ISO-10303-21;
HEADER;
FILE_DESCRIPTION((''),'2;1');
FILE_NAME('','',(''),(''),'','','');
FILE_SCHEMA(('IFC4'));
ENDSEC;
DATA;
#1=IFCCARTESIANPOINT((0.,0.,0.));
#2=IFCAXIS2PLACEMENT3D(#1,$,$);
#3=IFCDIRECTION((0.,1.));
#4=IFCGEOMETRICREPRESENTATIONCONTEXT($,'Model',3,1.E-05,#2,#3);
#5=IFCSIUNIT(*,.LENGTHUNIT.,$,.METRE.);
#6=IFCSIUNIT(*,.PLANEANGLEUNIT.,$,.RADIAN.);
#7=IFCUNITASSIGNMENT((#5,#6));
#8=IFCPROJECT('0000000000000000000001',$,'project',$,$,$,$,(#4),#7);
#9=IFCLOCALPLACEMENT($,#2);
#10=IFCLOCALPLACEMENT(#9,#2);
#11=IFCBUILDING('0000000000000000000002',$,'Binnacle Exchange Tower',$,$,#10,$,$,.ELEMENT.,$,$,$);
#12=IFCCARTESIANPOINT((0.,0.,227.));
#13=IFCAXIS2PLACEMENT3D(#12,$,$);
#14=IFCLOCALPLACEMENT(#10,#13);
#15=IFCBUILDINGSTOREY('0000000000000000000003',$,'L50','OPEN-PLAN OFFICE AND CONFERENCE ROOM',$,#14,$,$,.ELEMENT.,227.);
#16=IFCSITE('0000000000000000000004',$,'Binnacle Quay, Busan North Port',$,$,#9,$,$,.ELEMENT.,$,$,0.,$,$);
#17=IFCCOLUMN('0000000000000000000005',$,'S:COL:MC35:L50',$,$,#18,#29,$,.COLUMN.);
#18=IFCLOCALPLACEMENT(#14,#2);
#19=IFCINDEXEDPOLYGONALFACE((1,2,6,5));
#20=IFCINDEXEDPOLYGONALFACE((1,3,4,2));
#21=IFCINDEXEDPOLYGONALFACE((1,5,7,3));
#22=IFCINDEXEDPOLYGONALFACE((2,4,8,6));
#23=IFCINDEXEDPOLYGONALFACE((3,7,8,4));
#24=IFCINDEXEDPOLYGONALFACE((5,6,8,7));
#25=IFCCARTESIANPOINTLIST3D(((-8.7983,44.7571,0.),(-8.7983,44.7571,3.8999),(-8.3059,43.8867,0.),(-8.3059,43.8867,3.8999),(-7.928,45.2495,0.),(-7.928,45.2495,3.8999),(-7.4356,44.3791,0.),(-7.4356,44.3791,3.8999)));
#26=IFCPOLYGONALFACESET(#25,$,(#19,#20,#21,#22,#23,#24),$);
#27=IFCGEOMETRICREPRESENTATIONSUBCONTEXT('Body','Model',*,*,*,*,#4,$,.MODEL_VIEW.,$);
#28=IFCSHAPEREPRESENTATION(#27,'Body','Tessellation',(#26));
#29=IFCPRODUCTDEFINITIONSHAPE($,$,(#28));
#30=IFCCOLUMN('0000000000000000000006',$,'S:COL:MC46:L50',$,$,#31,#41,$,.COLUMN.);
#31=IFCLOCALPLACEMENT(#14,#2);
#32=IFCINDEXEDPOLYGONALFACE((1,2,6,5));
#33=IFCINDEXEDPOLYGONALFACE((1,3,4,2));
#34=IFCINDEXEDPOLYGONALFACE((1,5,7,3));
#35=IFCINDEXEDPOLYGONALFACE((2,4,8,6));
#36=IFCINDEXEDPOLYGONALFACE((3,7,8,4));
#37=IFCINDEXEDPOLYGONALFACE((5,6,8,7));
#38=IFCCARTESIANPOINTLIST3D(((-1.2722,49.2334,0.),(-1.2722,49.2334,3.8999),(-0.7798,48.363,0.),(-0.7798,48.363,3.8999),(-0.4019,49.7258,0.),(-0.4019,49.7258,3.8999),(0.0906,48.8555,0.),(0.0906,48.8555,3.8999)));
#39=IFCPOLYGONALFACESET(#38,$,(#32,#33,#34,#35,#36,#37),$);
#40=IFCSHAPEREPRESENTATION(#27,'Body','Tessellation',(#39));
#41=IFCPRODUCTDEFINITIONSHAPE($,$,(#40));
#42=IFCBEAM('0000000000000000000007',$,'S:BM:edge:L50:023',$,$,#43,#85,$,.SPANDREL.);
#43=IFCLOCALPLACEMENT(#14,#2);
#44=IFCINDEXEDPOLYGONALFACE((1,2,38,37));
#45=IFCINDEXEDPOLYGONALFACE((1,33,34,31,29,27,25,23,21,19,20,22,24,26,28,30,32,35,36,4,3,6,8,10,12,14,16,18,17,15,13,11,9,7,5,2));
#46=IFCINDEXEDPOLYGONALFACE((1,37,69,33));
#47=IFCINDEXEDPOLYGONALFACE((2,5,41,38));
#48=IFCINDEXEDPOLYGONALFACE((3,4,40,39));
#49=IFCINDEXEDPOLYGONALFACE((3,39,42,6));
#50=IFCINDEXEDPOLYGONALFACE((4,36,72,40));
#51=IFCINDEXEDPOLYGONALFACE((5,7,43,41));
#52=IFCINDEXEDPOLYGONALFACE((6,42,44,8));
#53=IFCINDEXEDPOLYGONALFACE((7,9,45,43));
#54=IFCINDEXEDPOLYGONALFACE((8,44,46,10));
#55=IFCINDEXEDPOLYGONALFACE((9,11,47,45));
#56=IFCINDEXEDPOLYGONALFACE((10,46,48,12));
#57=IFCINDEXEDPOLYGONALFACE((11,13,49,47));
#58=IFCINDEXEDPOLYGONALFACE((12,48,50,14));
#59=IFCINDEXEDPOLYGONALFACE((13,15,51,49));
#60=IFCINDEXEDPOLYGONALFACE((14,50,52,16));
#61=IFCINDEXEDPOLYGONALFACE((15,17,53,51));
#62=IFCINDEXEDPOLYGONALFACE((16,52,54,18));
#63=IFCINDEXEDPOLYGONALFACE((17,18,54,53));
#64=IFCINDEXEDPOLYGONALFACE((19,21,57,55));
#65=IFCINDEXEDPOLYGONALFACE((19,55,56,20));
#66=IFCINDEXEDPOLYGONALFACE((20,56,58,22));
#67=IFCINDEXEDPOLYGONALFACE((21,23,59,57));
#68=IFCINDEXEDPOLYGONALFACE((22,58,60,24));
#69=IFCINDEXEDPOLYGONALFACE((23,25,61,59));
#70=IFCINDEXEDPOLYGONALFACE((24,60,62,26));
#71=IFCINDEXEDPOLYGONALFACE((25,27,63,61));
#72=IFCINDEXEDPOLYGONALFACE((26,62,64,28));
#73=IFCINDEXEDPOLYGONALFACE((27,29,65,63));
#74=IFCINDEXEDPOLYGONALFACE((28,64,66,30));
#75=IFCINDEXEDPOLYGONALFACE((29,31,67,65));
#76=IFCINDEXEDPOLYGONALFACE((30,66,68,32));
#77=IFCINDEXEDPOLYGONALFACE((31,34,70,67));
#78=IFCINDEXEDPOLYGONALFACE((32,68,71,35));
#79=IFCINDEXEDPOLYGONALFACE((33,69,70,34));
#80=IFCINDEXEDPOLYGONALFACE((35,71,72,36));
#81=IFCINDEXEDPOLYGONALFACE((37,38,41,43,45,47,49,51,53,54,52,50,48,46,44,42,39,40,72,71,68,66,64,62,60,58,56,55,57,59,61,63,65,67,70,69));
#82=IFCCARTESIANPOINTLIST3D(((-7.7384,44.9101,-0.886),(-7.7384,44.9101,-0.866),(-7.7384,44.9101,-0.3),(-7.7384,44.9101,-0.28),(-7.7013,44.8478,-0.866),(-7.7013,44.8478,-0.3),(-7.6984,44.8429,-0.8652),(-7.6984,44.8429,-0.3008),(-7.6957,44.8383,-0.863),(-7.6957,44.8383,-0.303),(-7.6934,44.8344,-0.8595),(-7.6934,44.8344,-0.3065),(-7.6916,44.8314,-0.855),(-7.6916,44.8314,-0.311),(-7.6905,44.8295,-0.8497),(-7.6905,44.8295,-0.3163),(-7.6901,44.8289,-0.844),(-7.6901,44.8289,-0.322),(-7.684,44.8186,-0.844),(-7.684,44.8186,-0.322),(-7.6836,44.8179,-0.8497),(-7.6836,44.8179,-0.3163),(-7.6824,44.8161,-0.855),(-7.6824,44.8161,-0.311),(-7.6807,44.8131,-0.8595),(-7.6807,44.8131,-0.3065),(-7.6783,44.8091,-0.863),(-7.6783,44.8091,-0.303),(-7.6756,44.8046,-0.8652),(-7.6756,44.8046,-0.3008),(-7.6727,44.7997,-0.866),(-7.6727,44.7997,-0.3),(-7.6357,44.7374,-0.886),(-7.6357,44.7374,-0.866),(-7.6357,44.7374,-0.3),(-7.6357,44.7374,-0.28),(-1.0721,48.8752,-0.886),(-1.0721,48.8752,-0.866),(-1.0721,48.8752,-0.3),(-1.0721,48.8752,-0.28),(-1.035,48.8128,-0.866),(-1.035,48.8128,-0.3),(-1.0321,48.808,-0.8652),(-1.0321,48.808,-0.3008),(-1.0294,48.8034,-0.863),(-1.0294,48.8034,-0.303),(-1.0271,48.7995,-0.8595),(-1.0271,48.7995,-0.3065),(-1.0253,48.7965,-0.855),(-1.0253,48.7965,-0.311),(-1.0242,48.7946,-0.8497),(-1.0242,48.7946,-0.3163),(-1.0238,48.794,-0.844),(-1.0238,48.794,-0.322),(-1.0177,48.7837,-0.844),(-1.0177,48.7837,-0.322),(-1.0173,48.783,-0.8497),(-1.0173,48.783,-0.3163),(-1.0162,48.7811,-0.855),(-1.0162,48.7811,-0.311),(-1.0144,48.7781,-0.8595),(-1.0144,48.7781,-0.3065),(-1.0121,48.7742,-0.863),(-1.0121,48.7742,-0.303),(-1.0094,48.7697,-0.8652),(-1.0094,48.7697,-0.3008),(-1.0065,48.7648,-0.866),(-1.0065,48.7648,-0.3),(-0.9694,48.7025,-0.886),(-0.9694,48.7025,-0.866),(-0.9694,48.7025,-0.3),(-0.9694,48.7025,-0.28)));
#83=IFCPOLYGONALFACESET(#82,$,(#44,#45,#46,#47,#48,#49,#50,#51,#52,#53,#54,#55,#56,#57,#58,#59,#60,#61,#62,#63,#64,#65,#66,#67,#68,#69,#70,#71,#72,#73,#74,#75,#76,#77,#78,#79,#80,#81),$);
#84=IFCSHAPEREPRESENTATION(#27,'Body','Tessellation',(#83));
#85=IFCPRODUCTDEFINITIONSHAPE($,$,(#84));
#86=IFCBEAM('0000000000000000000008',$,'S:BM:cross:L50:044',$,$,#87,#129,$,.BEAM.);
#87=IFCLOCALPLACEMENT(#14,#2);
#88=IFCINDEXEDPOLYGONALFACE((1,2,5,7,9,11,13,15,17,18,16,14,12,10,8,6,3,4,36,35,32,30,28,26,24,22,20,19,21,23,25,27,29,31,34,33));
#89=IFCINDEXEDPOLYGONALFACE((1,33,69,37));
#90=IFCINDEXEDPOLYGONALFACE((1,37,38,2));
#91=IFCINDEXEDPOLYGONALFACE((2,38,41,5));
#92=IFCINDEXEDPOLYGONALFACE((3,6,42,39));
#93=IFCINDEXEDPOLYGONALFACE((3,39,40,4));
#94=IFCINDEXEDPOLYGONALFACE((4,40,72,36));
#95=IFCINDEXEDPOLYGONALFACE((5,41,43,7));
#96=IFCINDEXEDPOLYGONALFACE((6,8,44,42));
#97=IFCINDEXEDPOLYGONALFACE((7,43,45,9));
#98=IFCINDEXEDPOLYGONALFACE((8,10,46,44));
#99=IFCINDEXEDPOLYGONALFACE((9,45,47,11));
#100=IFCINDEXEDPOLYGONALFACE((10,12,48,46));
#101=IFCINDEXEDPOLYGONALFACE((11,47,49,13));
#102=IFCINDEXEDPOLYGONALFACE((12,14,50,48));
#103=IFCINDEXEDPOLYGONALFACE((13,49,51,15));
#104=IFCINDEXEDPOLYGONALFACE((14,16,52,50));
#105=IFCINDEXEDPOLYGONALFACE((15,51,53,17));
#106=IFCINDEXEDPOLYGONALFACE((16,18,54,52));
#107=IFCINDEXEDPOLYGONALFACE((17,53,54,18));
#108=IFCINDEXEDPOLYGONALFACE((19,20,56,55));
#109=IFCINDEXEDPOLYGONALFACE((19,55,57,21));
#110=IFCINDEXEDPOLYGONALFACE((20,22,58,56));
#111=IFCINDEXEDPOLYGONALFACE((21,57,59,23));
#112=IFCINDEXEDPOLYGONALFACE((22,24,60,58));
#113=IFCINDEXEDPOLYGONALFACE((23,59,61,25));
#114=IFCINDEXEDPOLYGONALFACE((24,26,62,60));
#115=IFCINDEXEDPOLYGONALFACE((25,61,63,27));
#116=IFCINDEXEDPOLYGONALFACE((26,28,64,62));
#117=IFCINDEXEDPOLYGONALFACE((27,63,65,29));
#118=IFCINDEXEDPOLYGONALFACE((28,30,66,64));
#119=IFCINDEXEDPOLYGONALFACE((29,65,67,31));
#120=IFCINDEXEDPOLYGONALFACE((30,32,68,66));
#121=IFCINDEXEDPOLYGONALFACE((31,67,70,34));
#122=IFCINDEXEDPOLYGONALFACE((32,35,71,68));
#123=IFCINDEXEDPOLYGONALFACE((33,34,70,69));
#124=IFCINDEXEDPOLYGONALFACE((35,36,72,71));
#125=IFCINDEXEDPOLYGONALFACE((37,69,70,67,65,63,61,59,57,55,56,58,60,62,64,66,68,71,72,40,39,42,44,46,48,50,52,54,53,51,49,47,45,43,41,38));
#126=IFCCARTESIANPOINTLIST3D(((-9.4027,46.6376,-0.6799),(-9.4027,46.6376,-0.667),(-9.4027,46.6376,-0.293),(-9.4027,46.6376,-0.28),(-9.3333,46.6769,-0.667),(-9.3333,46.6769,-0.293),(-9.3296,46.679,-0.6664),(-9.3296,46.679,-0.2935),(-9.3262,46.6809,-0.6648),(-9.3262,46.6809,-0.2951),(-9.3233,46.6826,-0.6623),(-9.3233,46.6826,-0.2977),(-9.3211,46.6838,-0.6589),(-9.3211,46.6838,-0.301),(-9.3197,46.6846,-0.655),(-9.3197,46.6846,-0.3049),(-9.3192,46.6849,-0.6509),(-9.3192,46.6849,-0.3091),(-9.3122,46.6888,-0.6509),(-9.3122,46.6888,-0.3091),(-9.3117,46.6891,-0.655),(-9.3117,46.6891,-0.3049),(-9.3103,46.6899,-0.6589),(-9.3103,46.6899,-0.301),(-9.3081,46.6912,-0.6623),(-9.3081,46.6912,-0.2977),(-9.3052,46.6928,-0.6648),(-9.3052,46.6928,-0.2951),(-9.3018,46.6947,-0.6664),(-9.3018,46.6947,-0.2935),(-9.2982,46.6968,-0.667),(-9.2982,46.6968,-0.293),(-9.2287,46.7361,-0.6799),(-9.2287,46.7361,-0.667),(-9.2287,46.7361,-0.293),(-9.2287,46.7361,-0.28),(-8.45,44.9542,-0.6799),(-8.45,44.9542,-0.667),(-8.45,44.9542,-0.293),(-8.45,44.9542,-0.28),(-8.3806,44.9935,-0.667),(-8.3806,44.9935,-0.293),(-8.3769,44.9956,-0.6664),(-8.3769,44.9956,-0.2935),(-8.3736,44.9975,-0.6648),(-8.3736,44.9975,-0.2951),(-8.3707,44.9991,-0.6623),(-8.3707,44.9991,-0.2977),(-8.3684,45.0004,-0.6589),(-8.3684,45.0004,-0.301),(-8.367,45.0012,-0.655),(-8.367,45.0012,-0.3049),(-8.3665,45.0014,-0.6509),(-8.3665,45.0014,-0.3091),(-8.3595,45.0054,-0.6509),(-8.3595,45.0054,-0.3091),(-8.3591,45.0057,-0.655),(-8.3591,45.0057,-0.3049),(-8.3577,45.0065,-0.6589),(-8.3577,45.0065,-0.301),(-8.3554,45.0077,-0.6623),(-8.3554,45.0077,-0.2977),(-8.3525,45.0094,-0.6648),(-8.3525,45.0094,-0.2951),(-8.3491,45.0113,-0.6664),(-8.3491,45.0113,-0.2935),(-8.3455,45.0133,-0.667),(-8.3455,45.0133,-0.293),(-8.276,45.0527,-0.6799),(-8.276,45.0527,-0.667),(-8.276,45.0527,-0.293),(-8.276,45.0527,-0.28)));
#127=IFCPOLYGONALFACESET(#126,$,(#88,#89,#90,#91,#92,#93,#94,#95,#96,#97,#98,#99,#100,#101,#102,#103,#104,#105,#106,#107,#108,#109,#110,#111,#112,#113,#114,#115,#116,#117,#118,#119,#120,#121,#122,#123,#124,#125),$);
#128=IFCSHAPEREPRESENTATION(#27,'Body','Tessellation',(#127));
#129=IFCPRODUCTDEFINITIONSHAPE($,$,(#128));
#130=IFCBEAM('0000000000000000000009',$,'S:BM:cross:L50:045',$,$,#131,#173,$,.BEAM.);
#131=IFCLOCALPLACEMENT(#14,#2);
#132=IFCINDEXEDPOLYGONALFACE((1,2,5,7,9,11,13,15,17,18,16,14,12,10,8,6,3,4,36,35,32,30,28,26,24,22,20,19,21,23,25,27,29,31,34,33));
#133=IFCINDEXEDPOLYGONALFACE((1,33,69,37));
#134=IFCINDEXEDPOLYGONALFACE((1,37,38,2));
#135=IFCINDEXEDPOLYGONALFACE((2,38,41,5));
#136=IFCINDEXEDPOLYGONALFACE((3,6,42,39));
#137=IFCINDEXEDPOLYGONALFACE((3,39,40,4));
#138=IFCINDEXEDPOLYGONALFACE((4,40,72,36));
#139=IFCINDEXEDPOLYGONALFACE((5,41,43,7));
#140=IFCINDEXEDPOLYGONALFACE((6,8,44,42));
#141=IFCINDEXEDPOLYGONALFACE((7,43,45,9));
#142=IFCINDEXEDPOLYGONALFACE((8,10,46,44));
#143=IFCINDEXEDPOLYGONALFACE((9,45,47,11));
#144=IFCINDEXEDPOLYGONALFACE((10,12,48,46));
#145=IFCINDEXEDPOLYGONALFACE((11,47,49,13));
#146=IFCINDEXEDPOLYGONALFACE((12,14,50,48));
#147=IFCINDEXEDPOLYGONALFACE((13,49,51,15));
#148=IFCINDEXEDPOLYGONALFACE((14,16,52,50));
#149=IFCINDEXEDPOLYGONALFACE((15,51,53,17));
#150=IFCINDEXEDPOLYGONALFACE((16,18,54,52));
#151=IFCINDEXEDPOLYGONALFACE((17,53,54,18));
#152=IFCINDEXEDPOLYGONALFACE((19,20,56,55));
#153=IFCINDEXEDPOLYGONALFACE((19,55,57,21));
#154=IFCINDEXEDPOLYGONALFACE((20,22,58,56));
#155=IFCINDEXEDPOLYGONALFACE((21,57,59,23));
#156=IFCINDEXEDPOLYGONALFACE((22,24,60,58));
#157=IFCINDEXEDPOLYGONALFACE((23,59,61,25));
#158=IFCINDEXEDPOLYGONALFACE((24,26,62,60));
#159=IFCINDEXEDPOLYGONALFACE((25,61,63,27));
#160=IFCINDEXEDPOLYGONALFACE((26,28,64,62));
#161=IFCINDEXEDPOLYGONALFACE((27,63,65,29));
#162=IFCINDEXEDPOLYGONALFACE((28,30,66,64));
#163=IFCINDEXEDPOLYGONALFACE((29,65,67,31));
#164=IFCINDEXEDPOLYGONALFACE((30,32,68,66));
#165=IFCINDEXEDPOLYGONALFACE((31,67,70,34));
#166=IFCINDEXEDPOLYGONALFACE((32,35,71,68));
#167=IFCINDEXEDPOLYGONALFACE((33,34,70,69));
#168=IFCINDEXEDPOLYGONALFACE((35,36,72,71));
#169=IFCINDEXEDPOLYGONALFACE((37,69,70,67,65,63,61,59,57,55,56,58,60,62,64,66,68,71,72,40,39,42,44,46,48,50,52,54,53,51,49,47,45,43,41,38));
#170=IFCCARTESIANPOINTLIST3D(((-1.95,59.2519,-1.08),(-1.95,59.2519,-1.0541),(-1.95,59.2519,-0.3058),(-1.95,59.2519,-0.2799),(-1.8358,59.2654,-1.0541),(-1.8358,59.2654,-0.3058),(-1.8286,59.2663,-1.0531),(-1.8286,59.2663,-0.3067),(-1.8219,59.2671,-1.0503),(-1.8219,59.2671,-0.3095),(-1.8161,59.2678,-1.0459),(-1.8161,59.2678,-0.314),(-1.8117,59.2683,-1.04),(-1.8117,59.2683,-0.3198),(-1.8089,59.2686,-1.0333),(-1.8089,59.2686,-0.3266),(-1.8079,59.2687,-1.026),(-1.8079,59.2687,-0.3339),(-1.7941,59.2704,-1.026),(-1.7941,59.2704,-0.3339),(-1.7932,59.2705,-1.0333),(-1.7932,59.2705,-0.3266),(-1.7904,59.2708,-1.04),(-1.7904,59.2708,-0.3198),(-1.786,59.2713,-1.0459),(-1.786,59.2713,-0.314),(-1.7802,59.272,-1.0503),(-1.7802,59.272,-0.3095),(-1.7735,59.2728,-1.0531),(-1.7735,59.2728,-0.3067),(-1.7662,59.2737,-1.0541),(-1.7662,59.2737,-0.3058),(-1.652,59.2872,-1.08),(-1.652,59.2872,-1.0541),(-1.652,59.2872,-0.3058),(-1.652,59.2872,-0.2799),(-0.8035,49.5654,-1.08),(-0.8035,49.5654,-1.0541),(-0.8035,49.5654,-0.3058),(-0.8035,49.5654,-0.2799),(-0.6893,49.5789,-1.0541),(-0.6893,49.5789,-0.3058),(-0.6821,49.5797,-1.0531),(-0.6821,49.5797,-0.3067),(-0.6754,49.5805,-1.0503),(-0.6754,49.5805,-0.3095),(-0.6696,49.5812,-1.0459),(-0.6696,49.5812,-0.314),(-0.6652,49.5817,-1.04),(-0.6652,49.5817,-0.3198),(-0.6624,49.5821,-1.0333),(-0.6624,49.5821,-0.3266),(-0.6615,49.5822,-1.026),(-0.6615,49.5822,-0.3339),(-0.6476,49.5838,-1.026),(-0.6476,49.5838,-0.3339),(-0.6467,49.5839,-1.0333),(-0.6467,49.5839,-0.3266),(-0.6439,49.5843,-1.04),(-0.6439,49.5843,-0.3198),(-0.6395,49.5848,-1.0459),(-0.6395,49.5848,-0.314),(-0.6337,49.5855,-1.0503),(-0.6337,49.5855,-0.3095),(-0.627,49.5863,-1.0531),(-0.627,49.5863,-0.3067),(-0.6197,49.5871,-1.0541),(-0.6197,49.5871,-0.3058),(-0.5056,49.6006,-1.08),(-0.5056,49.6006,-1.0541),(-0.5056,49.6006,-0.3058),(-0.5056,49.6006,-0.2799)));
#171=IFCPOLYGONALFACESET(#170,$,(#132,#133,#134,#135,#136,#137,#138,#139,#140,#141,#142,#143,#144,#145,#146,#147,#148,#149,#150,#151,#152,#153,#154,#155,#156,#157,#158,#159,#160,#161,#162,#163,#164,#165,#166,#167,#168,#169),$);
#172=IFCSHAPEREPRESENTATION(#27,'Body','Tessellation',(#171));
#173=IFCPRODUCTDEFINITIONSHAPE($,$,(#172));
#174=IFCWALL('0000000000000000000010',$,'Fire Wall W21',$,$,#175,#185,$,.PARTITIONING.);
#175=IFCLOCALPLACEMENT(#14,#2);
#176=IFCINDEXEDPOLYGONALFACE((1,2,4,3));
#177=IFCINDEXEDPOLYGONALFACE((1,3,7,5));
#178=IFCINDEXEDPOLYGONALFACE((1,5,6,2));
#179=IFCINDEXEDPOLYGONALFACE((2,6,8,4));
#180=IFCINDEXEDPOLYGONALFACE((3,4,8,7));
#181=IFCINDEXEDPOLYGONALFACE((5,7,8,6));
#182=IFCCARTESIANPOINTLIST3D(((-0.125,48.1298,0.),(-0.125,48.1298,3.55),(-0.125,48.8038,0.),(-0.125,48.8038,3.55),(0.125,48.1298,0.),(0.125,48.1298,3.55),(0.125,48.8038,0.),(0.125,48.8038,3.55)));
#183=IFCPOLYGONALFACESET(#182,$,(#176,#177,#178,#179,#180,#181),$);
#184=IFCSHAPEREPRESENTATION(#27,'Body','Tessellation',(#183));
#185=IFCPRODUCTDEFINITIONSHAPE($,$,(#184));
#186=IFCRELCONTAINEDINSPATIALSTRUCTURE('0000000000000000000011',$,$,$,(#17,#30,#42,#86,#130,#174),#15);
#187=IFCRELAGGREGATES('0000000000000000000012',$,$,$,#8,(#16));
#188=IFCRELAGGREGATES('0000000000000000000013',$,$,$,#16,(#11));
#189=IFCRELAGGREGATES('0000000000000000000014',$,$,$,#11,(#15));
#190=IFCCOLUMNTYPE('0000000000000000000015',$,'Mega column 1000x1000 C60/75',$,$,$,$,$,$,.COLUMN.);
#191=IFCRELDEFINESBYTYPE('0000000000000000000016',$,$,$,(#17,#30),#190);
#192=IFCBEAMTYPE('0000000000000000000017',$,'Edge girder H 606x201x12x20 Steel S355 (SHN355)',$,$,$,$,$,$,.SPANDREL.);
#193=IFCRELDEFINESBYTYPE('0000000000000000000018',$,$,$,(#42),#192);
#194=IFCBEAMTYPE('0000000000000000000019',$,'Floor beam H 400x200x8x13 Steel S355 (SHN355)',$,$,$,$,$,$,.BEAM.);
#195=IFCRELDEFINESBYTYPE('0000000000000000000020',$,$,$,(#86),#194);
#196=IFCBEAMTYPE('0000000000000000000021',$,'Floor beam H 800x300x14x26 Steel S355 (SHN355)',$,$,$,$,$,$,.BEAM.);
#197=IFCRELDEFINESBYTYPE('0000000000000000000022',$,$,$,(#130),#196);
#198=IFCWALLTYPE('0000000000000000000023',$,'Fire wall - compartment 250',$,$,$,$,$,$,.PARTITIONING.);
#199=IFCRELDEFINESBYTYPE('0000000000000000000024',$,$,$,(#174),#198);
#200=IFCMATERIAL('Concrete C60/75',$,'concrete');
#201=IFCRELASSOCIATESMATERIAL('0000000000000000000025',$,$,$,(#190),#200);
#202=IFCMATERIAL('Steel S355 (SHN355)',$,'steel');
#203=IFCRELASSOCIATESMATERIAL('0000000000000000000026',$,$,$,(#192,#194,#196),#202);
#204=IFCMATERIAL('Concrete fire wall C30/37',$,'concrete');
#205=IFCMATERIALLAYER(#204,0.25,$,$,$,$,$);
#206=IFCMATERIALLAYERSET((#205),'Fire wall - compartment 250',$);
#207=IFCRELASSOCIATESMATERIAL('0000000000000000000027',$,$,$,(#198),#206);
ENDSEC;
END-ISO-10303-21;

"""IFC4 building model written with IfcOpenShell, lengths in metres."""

from ifc_helpers import new_model, si_unit, direction, frame, frame_2d, origin, origin_2d, place, context, subcontext, project, spatial, rectangle, i_section, extrude, material, layer, layer_set, material_profile, profile_set, type_object, element, save


model = new_model("IFC4")

# Units and contexts
model_context = context("Model", 3, precision=1e-05, world=origin(), true_north=direction((0.0, 1.0)))
body_context = subcontext(model_context, "Body", "Model", "MODEL_VIEW")
ifc_project = project(units=[si_unit("LENGTHUNIT", "METRE"), si_unit("PLANEANGLEUNIT", "RADIAN")], contexts=[model_context])

# Site, building, storey
site_placement = place(None, origin())
site = spatial("IfcSite", under=ifc_project, at=site_placement, Name="Binnacle Quay, Busan North Port", CompositionType="ELEMENT", RefElevation=0.0)
building_placement = place(site_placement, origin())
building = spatial("IfcBuilding", under=site, at=building_placement, Name="Binnacle Exchange Tower", CompositionType="ELEMENT")
storey_placement = place(building_placement, frame((0.0, 0.0, 227.0)))
storey = spatial("IfcBuildingStorey", under=building, at=storey_placement, Name="L50", Description="OPEN-PLAN OFFICE AND CONFERENCE ROOM", CompositionType="ELEMENT", Elevation=227.0)

# Columns
ifc_material_1 = material(Name="Concrete C60/75", Category="concrete")
ifc_material_profile_1 = material_profile(ifc_material_1, rectangle(XDim=1.0, YDim=1.0, at=origin_2d()), Name="Mega column 1000x1000 C60/75")
ifc_profile_set_1 = profile_set([ifc_material_profile_1], Name="Concrete C60/75")
column_type = type_object("IfcColumnType", Name="Mega column 1000x1000 C60/75", PredefinedType="COLUMN", material=ifc_profile_set_1)
for number, where, z_axis, x_axis, name in (
    (1, (-8.1169, 44.5681, 0.0), (0.0, 0.0, 1.0), (0.870356, 0.492424, 0.0), "S:COL:MC35:L50"),
    (2, (-0.5908, 49.0444, 0.0), (0.0, 0.0, 1.0), (0.870356, 0.492424, 0.0), "S:COL:MC46:L50"),
):
    element("IfcColumn", number, at=place(storey_placement, frame(where, z_axis=z_axis, x_axis=x_axis)), inside=storey, type_object=column_type, Name=name, PredefinedType="COLUMN", context=body_context, shape_type="SweptSolid", body=[
        extrude(rectangle(XDim=1.0, YDim=1.0, at=origin_2d()), origin(), (0.0, 0.0, 1.0), 3.8999),
    ])

# Beams
ifc_material_2 = material(Name="Steel S355 (SHN355)", Category="steel")
ifc_material_profile_2 = material_profile(ifc_material_2, i_section(OverallWidth=0.2009, OverallDepth=0.606, WebThickness=0.012, FlangeThickness=0.02, FilletRadius=0.022, at=origin_2d()), Name="H 606x201x12x20")
ifc_profile_set_2 = profile_set([ifc_material_profile_2], Name="Steel S355 (SHN355)")
beam_type_1 = type_object("IfcBeamType", Name="Edge girder H 606x201x12x20 Steel S355 (SHN355)", PredefinedType="SPANDREL", material=ifc_profile_set_2)
beam_1_placement = place(storey_placement, frame((-7.687, 44.8237, -0.583), z_axis=(0.859459, 0.511205, 0.0), x_axis=(-0.511205, 0.859459, 0.0)))
element("IfcBeam", 3, at=beam_1_placement, inside=storey, type_object=beam_type_1, Name="S:BM:edge:L50:023", PredefinedType="SPANDREL", context=body_context, shape_type="SweptSolid", body=[
    extrude(i_section(OverallWidth=0.2009, OverallDepth=0.606, WebThickness=0.012, FlangeThickness=0.02, FilletRadius=0.022, at=origin_2d()), origin(), (0.0, 0.0, 1.0), 7.7563),
])
ifc_material_profile_3 = material_profile(ifc_material_2, i_section(OverallWidth=0.2, OverallDepth=0.3999, WebThickness=0.0081, FlangeThickness=0.0129, FilletRadius=0.0161, at=origin_2d()), Name="H 400x200x8x13")
ifc_profile_set_3 = profile_set([ifc_material_profile_3], Name="Steel S355 (SHN355)")
beam_type_2 = type_object("IfcBeamType", Name="Floor beam H 400x200x8x13 Steel S355 (SHN355)", PredefinedType="BEAM", material=ifc_profile_set_3)
beam_2_placement = place(storey_placement, frame((-8.363, 45.0034, -0.48), z_axis=(-0.492519, 0.870302, 0.0), x_axis=(-0.870302, -0.492519, 0.0)))
element("IfcBeam", 4, at=beam_2_placement, inside=storey, type_object=beam_type_2, Name="S:BM:cross:L50:044", PredefinedType="BEAM", context=body_context, shape_type="SweptSolid", body=[
    extrude(i_section(OverallWidth=0.2, OverallDepth=0.3999, WebThickness=0.0081, FlangeThickness=0.0129, FilletRadius=0.0161, at=origin_2d()), origin(), (0.0, 0.0, 1.0), 1.9343),
])
ifc_material_profile_4 = material_profile(ifc_material_2, i_section(OverallWidth=0.3, OverallDepth=0.8, WebThickness=0.0139, FlangeThickness=0.0259, FilletRadius=0.0281, at=origin_2d()), Name="H 800x300x14x26")
ifc_profile_set_4 = profile_set([ifc_material_profile_4], Name="Steel S355 (SHN355)")
beam_type_3 = type_object("IfcBeamType", Name="Floor beam H 800x300x14x26 Steel S355 (SHN355)", PredefinedType="BEAM", material=ifc_profile_set_4)
beam_3_placement = place(storey_placement, frame((-0.6545, 49.583, -0.6799), z_axis=(-0.117538, 0.993068, 0.0), x_axis=(-0.993068, -0.117538, 0.0)))
element("IfcBeam", 5, at=beam_3_placement, inside=storey, type_object=beam_type_3, Name="S:BM:cross:L50:045", PredefinedType="BEAM", context=body_context, shape_type="SweptSolid", body=[
    extrude(i_section(OverallWidth=0.3, OverallDepth=0.8, WebThickness=0.0139, FlangeThickness=0.0259, FilletRadius=0.0281, at=origin_2d()), origin(), (0.0, 0.0, 1.0), 9.7542),
])

# Wall
ifc_material_3 = material(Name="Concrete fire wall C30/37", Category="concrete")
ifc_layer_1 = layer(ifc_material_3, 0.25)
ifc_layer_set_1 = layer_set([ifc_layer_1], Name="Fire wall - compartment 250")
wall_type_1 = type_object("IfcWallType", Name="Fire wall - compartment 250", PredefinedType="PARTITIONING", material=ifc_layer_set_1)
wall_1_placement = place(storey_placement, frame((0.0, 48.1299, 0.0), z_axis=(0.0, 0.0, 1.0), x_axis=(0.0, 1.0, 0.0)))
element("IfcWall", 6, at=wall_1_placement, inside=storey, type_object=wall_type_1, Name="Fire Wall W21", PredefinedType="PARTITIONING", context=body_context, shape_type="SweptSolid", body=[
    extrude(rectangle(XDim=0.6741, YDim=0.25, at=frame_2d((0.3369, 0.0))), origin(), (0.0, 0.0, 1.0), 3.55),
])

save(model, "model.ifc")
